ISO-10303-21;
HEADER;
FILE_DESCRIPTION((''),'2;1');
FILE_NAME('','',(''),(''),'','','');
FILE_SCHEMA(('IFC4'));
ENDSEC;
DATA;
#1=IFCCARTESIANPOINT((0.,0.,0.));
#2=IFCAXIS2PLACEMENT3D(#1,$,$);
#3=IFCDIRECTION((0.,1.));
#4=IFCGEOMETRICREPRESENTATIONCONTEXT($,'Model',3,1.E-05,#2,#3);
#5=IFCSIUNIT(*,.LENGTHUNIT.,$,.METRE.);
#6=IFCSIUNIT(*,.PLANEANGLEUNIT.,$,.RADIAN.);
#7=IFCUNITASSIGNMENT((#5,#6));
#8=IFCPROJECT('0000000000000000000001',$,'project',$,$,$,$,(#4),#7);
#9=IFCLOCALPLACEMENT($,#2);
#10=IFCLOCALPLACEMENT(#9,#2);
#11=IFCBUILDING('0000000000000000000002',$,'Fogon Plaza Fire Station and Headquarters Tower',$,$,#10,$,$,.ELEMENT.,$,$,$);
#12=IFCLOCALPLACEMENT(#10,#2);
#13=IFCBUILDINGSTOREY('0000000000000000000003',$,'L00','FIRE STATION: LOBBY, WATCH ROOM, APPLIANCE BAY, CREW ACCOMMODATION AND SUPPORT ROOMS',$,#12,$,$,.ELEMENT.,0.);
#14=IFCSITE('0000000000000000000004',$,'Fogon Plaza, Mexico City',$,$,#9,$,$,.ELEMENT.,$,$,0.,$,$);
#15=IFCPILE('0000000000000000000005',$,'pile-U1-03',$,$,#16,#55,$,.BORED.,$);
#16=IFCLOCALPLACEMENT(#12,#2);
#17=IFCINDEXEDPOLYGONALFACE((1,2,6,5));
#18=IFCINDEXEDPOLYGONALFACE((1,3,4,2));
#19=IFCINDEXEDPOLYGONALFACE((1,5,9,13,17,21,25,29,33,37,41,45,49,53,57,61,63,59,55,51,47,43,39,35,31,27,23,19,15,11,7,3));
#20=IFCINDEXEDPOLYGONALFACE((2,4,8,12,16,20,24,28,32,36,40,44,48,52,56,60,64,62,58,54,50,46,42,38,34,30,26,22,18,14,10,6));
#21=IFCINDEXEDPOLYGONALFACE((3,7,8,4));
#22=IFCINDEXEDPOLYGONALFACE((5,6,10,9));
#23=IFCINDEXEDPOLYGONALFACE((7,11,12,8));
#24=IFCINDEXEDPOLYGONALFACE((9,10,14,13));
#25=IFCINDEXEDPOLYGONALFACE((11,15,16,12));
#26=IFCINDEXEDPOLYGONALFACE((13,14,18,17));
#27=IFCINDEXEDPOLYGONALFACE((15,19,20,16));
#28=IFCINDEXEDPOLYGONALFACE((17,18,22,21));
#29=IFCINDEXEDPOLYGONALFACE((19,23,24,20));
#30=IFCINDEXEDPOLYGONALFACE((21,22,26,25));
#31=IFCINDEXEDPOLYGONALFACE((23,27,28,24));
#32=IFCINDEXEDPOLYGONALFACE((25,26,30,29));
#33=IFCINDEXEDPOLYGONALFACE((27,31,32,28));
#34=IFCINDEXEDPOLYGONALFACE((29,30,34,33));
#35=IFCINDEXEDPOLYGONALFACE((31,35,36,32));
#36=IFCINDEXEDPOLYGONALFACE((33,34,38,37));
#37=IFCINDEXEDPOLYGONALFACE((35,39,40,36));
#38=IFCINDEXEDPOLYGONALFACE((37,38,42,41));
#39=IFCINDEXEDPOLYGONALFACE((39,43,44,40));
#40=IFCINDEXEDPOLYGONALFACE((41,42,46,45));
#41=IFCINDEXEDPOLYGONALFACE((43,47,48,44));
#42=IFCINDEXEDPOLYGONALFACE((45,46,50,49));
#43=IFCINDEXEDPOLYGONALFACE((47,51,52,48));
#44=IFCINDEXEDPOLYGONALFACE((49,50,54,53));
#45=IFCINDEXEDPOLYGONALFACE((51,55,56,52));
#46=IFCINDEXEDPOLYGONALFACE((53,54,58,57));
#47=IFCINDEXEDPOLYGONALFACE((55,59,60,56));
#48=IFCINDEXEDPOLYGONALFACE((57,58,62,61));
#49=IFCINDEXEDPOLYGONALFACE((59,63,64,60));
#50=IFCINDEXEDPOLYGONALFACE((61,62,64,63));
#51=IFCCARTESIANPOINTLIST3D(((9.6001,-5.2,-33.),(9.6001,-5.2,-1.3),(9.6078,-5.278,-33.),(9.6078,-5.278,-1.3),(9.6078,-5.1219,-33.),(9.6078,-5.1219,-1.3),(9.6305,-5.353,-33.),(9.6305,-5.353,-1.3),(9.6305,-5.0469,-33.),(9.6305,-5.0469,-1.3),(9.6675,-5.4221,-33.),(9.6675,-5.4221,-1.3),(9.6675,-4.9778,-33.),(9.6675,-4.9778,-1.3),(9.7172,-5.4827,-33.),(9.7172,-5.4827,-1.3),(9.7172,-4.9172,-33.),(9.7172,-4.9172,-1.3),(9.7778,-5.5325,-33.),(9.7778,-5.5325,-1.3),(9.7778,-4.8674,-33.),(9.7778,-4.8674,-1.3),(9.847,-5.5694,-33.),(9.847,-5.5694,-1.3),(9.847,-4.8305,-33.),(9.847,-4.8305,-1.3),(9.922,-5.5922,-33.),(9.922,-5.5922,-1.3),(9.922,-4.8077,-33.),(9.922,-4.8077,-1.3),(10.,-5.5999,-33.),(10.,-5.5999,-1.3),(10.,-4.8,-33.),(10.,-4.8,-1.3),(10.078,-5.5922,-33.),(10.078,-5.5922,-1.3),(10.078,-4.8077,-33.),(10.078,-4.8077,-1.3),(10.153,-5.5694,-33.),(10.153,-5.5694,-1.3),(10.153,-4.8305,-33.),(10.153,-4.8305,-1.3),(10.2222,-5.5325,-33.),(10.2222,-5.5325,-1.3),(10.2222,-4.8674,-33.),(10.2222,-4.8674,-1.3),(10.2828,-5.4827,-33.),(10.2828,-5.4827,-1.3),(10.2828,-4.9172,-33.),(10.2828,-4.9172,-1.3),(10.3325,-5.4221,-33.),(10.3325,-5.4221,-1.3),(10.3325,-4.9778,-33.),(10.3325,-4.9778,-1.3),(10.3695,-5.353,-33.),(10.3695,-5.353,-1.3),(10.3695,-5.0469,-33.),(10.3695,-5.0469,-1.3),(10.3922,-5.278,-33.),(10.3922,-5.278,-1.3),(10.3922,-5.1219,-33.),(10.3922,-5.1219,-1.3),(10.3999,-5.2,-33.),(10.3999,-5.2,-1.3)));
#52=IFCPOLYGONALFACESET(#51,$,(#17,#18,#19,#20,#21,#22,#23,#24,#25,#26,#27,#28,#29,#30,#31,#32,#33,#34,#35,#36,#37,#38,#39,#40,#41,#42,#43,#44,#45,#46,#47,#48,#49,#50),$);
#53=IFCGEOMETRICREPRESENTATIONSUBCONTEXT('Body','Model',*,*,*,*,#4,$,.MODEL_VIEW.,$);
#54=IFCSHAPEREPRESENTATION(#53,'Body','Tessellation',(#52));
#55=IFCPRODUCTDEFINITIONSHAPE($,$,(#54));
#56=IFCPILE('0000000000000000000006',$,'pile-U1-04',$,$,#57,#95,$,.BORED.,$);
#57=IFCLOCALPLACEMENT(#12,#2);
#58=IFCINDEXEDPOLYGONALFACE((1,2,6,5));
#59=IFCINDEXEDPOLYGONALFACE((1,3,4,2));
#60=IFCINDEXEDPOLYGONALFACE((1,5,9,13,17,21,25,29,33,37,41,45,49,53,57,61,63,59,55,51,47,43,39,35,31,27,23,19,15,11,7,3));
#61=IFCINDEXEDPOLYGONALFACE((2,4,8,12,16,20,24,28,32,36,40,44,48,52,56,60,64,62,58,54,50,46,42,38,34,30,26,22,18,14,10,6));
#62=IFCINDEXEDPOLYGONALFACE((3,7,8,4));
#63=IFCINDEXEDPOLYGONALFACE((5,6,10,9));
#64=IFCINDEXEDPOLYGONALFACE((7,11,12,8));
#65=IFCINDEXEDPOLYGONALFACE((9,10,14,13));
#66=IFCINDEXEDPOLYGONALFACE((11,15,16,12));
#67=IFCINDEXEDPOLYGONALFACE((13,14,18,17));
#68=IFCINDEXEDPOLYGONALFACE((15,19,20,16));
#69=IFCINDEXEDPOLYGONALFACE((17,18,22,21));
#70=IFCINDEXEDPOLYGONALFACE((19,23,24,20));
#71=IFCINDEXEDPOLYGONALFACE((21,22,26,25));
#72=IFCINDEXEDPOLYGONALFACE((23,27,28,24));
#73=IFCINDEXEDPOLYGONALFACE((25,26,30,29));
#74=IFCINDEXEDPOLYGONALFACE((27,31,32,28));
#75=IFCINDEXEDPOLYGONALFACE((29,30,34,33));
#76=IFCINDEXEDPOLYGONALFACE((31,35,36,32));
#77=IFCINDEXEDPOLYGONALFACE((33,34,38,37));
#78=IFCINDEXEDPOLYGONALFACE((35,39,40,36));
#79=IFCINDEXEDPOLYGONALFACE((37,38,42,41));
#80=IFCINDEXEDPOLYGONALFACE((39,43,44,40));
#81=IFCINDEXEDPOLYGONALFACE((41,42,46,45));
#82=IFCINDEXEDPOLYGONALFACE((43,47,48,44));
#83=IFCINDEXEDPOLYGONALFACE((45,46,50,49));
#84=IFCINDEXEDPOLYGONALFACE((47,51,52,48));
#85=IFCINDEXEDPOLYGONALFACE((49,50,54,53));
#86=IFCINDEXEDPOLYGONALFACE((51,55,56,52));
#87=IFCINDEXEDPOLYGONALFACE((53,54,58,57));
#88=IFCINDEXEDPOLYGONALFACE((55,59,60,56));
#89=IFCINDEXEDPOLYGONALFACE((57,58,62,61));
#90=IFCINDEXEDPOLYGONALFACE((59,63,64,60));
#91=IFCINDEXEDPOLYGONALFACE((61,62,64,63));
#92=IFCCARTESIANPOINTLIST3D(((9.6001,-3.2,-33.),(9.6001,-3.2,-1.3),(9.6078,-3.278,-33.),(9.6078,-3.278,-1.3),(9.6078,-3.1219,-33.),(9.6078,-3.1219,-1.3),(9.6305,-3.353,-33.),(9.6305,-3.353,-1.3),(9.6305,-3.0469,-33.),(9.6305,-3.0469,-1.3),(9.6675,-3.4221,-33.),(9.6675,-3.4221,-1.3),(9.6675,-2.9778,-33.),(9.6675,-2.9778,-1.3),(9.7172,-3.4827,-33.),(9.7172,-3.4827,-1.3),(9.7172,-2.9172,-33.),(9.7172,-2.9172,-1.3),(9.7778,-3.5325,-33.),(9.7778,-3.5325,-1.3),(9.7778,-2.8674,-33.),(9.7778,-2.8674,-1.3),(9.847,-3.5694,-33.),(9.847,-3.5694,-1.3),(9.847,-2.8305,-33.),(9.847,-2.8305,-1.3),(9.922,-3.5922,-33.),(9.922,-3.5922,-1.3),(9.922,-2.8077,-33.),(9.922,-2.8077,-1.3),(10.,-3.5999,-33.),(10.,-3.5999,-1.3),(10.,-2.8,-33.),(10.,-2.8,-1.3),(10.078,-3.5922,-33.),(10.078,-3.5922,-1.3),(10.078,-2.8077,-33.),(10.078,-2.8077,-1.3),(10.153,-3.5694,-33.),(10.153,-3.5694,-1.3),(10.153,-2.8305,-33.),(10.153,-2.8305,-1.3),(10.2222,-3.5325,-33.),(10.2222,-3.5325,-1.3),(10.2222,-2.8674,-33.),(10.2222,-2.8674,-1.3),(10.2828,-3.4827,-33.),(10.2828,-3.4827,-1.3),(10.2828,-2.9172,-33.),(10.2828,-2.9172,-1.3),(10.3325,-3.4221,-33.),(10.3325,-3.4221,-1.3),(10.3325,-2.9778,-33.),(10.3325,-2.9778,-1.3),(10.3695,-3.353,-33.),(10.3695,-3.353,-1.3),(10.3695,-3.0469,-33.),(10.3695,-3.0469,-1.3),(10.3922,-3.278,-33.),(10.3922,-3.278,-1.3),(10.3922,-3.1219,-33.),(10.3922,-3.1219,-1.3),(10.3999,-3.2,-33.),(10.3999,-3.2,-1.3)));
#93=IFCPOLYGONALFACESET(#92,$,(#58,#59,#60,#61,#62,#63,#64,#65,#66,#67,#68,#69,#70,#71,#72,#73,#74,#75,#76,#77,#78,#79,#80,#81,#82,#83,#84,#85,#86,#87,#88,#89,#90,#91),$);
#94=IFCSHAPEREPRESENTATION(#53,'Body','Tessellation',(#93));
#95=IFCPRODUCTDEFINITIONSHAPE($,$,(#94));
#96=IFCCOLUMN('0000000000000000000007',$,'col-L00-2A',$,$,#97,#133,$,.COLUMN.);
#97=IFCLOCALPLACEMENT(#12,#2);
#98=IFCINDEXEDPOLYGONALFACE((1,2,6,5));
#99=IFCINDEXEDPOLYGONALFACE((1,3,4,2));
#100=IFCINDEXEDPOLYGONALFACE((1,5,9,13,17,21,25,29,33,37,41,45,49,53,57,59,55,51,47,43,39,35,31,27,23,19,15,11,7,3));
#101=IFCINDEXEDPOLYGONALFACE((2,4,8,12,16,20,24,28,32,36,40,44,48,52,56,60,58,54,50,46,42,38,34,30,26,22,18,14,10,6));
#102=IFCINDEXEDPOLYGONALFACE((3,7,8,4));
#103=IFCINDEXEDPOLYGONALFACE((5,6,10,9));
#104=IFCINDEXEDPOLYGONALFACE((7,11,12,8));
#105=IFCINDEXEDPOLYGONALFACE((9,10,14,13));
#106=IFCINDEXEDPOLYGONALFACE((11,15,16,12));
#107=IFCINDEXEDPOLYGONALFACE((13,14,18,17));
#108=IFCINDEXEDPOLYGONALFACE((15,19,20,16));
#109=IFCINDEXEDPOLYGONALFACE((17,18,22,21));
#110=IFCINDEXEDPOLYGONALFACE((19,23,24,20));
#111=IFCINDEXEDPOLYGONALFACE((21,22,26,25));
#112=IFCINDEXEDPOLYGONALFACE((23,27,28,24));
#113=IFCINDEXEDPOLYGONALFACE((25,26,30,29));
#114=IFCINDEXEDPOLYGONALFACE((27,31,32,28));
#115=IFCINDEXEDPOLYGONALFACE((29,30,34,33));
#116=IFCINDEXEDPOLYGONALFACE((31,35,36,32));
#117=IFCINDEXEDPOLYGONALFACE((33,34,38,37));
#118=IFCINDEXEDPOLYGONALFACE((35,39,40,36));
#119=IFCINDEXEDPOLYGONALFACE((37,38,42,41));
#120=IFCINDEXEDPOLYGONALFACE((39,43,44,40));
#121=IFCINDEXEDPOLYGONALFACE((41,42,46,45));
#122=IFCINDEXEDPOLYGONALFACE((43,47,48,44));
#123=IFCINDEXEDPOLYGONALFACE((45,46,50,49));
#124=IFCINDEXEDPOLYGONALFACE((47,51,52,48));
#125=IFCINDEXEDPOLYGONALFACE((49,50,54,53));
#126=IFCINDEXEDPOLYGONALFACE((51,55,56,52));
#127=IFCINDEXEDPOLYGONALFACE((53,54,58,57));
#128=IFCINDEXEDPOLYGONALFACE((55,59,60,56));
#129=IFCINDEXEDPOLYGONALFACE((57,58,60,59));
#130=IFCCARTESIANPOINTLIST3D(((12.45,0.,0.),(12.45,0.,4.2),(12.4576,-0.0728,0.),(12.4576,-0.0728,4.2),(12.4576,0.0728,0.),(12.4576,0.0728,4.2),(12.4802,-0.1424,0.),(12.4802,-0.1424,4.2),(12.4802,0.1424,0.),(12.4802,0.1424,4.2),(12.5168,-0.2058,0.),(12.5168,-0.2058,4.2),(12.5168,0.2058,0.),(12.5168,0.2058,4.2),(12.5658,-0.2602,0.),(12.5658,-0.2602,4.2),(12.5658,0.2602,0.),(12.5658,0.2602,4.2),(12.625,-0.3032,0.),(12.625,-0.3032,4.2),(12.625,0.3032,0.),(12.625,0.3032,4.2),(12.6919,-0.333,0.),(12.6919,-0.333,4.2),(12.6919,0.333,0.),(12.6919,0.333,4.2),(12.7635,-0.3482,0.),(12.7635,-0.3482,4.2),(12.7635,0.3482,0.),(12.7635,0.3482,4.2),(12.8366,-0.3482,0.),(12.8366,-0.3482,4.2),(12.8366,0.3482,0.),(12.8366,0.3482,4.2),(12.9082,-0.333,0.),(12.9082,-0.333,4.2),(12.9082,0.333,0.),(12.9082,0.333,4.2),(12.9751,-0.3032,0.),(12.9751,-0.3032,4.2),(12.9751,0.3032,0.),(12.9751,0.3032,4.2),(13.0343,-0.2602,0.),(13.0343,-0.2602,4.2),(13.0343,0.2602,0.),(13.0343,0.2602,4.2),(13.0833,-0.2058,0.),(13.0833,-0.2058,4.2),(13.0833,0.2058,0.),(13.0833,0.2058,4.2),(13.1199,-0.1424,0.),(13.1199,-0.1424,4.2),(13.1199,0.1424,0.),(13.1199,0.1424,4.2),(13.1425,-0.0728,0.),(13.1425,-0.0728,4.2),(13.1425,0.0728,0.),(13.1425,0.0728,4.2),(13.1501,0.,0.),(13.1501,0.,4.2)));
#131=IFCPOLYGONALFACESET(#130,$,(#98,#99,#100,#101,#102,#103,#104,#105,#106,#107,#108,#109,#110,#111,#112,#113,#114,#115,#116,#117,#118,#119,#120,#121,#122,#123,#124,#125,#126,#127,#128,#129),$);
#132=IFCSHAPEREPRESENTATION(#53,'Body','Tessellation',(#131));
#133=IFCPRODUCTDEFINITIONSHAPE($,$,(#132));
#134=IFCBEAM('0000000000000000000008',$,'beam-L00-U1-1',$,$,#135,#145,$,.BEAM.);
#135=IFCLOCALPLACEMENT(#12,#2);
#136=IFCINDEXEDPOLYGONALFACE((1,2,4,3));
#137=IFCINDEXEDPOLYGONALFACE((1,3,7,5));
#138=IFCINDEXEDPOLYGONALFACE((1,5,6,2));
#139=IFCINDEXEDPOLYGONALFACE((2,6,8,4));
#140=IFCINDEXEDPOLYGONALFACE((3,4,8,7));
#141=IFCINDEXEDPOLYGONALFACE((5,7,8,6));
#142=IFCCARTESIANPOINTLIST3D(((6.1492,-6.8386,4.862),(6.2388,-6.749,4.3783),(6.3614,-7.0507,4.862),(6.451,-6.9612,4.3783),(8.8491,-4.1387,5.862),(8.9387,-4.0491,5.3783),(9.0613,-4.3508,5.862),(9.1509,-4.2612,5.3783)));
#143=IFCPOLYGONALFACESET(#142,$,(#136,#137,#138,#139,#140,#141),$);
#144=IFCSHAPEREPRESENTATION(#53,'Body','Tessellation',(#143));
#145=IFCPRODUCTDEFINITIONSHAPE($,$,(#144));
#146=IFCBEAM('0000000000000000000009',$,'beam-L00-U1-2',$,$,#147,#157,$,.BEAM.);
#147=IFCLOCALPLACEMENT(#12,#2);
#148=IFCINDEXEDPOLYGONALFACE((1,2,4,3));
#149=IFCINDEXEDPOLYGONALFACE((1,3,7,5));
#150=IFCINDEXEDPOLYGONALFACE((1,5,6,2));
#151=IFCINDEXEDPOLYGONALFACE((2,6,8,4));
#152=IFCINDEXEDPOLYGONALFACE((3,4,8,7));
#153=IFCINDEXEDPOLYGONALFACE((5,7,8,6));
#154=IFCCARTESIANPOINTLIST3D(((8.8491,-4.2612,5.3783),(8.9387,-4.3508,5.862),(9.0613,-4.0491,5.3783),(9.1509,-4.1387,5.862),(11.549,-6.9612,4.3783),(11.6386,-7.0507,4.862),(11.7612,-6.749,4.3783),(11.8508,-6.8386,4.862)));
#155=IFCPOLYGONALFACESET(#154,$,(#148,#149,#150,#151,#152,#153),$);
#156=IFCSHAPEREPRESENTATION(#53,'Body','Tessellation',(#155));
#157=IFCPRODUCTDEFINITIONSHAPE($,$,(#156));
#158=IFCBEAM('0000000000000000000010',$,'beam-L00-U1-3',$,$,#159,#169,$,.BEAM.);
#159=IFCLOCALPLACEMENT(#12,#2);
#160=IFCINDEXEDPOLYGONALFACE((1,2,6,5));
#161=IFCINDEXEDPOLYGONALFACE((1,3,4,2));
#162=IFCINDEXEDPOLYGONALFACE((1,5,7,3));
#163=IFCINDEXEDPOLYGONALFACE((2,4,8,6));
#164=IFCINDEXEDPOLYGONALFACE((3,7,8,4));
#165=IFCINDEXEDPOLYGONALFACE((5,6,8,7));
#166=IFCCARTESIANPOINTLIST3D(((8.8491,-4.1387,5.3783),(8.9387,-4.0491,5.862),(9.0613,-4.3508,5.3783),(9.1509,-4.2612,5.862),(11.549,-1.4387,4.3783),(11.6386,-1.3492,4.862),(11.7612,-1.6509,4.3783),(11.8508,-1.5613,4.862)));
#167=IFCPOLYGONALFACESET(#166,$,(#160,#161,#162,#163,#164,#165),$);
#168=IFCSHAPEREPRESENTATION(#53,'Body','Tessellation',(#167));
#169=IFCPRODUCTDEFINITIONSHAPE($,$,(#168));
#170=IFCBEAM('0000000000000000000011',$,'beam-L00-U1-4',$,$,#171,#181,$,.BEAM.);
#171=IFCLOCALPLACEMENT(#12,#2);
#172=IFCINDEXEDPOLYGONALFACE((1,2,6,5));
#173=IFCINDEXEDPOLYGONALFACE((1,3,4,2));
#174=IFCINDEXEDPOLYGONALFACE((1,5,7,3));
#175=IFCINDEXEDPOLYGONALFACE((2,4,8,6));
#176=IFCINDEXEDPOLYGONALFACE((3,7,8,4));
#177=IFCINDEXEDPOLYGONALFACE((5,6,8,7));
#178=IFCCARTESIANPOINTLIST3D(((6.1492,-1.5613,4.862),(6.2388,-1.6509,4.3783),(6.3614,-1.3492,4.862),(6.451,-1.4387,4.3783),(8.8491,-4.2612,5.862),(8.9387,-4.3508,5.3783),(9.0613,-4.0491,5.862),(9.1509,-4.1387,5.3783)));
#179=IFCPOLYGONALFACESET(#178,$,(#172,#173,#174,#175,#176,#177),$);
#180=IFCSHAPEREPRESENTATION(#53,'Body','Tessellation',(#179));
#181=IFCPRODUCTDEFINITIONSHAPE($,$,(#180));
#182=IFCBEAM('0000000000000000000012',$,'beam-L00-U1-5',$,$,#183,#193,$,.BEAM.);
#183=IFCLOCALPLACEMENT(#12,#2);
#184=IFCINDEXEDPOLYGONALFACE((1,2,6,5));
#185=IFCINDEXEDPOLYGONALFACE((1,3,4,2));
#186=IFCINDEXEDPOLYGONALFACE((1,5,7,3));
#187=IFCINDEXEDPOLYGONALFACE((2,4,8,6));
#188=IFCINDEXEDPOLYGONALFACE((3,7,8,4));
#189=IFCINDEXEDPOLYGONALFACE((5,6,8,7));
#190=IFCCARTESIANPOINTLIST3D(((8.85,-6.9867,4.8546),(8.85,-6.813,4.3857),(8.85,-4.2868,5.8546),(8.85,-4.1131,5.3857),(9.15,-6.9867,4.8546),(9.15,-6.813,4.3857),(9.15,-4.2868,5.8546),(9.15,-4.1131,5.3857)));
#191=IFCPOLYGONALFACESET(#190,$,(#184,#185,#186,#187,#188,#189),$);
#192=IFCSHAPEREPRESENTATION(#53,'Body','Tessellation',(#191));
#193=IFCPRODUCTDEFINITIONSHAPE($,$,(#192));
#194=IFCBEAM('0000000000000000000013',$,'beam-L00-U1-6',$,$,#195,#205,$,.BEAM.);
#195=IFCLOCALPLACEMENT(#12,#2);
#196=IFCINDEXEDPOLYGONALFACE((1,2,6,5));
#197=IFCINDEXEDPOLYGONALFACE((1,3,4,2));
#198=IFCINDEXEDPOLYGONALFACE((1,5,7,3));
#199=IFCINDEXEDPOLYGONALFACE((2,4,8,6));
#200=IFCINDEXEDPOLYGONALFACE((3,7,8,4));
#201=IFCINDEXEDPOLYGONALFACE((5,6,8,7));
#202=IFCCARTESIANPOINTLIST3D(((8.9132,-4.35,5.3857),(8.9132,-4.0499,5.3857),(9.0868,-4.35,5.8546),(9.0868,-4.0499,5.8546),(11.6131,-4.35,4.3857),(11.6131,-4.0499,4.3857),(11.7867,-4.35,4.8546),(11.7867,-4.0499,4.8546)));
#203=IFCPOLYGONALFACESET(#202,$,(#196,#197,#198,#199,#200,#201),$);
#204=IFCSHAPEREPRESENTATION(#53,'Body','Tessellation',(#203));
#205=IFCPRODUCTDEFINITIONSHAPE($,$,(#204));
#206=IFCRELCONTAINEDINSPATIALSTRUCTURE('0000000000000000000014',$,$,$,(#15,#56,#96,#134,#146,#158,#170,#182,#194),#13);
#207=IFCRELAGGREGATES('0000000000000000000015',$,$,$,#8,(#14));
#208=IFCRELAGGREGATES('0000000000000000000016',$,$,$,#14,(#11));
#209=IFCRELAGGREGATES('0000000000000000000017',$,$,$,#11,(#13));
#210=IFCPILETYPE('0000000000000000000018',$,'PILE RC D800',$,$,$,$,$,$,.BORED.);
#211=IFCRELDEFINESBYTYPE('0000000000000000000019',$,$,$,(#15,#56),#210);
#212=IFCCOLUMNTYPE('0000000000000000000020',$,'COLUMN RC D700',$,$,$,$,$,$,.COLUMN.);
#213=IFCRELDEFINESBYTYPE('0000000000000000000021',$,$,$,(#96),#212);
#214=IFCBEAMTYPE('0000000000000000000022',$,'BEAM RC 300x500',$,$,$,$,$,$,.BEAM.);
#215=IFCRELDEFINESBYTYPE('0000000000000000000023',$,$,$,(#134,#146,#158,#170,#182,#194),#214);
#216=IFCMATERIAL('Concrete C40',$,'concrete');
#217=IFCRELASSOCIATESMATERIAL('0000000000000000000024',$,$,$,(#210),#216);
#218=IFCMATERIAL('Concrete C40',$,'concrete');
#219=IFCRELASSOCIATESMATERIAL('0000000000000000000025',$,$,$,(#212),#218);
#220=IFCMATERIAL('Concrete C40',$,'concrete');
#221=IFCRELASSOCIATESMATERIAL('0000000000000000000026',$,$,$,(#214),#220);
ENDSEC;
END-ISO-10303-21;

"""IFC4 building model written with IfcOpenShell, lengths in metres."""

from ifc_helpers import new_model, si_unit, direction, frame, origin, origin_2d, place, context, subcontext, project, spatial, rectangle, circle, extrude, material, material_profile, profile_set, type_object, element, save


model = new_model("IFC4")

# Units and contexts
model_context = context("Model", 3, precision=1e-05, world=origin(), true_north=direction((0.0, 1.0)))
body_context = subcontext(model_context, "Body", "Model", "MODEL_VIEW")
ifc_project = project(units=[si_unit("LENGTHUNIT", "METRE"), si_unit("PLANEANGLEUNIT", "RADIAN")], contexts=[model_context])

# Site, building, storey
site_placement = place(None, origin())
site = spatial("IfcSite", under=ifc_project, at=site_placement, Name="Fogon Plaza, Mexico City", CompositionType="ELEMENT", RefElevation=0.0)
building_placement = place(site_placement, origin())
building = spatial("IfcBuilding", under=site, at=building_placement, Name="Fogon Plaza Fire Station and Headquarters Tower", CompositionType="ELEMENT")
storey_placement = place(building_placement, origin())
storey = spatial("IfcBuildingStorey", under=building, at=storey_placement, Name="L00", Description="FIRE STATION: LOBBY, WATCH ROOM, APPLIANCE BAY, CREW ACCOMMODATION AND SUPPORT ROOMS", CompositionType="ELEMENT", Elevation=0.0)

# Piles
ifc_material_1 = material(Name="Concrete C40", Category="concrete")
ifc_material_profile_1 = material_profile(ifc_material_1, circle(Radius=0.3999, at=origin_2d()), Name="RC D800")
ifc_profile_set_1 = profile_set([ifc_material_profile_1], Name="Concrete C40")
pile_type = type_object("IfcPileType", Name="PILE RC D800", PredefinedType="BORED", material=ifc_profile_set_1)
for number, where, z_axis, x_axis, name in (
    (1, (10.0, -5.2, -1.3), (0.0, 0.0, -1.0), (1.0, 0.0, 0.0), "pile-U1-03"),
    (2, (10.0, -3.2, -1.3), (0.0, 0.0, -1.0), (1.0, 0.0, 0.0), "pile-U1-04"),
):
    element("IfcPile", number, at=place(storey_placement, frame(where, z_axis=z_axis, x_axis=x_axis)), inside=storey, type_object=pile_type, Name=name, PredefinedType="BORED", context=body_context, shape_type="SweptSolid", body=[
        extrude(circle(Radius=0.3999, at=origin_2d()), origin(), (0.0, 0.0, 1.0), 31.7),
    ])

# Column
ifc_material_2 = material(Name="Concrete C40", Category="concrete")
ifc_material_profile_2 = material_profile(ifc_material_2, circle(Radius=0.3501, at=origin_2d()), Name="RC D700")
ifc_profile_set_2 = profile_set([ifc_material_profile_2], Name="Concrete C40")
column_type = type_object("IfcColumnType", Name="COLUMN RC D700", PredefinedType="COLUMN", material=ifc_profile_set_2)
column_placement = place(storey_placement, frame((12.8, 0.0, 0.0), z_axis=(0.0, 0.0, 1.0), x_axis=(1.0, 0.0, 0.0)))
element("IfcColumn", 3, at=column_placement, inside=storey, type_object=column_type, Name="col-L00-2A", PredefinedType="COLUMN", context=body_context, shape_type="SweptSolid", body=[
    extrude(circle(Radius=0.3501, at=origin_2d()), origin(), (0.0, 0.0, 1.0), 4.2),
])

# Beams
ifc_material_3 = material(Name="Concrete C40", Category="concrete")
ifc_material_profile_3 = material_profile(ifc_material_3, rectangle(XDim=0.3, YDim=0.5, at=origin_2d()), Name="RC 300x500")
ifc_profile_set_3 = profile_set([ifc_material_profile_3], Name="Concrete C40")
beam_type_1 = type_object("IfcBeamType", Name="BEAM RC 300x500", PredefinedType="BEAM", material=ifc_profile_set_3)
for number, where, z_axis, x_axis, name in (
    (4, (9.0, -4.2, 5.6201), (-0.684037, -0.684037, -0.253352), (0.707107, -0.707107, 0.0), "beam-L00-U1-1"),
    (5, (9.0, -4.2, 5.6201), (0.684037, -0.684037, -0.253352), (0.707107, 0.707107, 0.0), "beam-L00-U1-2"),
    (6, (9.0, -4.2, 5.6201), (0.684037, 0.684037, -0.253352), (-0.707107, 0.707107, 0.0), "beam-L00-U1-3"),
    (7, (9.0, -4.2, 5.6201), (-0.684037, 0.684037, -0.253352), (-0.707107, -0.707107, 0.0), "beam-L00-U1-4"),
):
    element("IfcBeam", number, at=place(storey_placement, frame(where, z_axis=z_axis, x_axis=x_axis)), inside=storey, type_object=beam_type_1, Name=name, PredefinedType="BEAM", context=body_context, shape_type="SweptSolid", body=[
        extrude(rectangle(XDim=0.3, YDim=0.5, at=origin_2d()), origin(), (0.0, 0.0, 1.0), 3.947),
    ])
for number, where, z_axis, x_axis, name in (
    (8, (9.0, -4.2, 5.6201), (0.0, -0.937747, -0.34732), (1.0, 0.0, 0.0), "beam-L00-U1-5"),
    (9, (9.0, -4.2, 5.6201), (0.937747, 0.0, -0.34732), (0.0, 1.0, 0.0), "beam-L00-U1-6"),
):
    element("IfcBeam", number, at=place(storey_placement, frame(where, z_axis=z_axis, x_axis=x_axis)), inside=storey, type_object=beam_type_1, Name=name, PredefinedType="BEAM", context=body_context, shape_type="SweptSolid", body=[
        extrude(rectangle(XDim=0.3, YDim=0.5, at=origin_2d()), origin(), (0.0, 0.0, 1.0), 2.8792),
    ])

save(model, "model.ifc")
